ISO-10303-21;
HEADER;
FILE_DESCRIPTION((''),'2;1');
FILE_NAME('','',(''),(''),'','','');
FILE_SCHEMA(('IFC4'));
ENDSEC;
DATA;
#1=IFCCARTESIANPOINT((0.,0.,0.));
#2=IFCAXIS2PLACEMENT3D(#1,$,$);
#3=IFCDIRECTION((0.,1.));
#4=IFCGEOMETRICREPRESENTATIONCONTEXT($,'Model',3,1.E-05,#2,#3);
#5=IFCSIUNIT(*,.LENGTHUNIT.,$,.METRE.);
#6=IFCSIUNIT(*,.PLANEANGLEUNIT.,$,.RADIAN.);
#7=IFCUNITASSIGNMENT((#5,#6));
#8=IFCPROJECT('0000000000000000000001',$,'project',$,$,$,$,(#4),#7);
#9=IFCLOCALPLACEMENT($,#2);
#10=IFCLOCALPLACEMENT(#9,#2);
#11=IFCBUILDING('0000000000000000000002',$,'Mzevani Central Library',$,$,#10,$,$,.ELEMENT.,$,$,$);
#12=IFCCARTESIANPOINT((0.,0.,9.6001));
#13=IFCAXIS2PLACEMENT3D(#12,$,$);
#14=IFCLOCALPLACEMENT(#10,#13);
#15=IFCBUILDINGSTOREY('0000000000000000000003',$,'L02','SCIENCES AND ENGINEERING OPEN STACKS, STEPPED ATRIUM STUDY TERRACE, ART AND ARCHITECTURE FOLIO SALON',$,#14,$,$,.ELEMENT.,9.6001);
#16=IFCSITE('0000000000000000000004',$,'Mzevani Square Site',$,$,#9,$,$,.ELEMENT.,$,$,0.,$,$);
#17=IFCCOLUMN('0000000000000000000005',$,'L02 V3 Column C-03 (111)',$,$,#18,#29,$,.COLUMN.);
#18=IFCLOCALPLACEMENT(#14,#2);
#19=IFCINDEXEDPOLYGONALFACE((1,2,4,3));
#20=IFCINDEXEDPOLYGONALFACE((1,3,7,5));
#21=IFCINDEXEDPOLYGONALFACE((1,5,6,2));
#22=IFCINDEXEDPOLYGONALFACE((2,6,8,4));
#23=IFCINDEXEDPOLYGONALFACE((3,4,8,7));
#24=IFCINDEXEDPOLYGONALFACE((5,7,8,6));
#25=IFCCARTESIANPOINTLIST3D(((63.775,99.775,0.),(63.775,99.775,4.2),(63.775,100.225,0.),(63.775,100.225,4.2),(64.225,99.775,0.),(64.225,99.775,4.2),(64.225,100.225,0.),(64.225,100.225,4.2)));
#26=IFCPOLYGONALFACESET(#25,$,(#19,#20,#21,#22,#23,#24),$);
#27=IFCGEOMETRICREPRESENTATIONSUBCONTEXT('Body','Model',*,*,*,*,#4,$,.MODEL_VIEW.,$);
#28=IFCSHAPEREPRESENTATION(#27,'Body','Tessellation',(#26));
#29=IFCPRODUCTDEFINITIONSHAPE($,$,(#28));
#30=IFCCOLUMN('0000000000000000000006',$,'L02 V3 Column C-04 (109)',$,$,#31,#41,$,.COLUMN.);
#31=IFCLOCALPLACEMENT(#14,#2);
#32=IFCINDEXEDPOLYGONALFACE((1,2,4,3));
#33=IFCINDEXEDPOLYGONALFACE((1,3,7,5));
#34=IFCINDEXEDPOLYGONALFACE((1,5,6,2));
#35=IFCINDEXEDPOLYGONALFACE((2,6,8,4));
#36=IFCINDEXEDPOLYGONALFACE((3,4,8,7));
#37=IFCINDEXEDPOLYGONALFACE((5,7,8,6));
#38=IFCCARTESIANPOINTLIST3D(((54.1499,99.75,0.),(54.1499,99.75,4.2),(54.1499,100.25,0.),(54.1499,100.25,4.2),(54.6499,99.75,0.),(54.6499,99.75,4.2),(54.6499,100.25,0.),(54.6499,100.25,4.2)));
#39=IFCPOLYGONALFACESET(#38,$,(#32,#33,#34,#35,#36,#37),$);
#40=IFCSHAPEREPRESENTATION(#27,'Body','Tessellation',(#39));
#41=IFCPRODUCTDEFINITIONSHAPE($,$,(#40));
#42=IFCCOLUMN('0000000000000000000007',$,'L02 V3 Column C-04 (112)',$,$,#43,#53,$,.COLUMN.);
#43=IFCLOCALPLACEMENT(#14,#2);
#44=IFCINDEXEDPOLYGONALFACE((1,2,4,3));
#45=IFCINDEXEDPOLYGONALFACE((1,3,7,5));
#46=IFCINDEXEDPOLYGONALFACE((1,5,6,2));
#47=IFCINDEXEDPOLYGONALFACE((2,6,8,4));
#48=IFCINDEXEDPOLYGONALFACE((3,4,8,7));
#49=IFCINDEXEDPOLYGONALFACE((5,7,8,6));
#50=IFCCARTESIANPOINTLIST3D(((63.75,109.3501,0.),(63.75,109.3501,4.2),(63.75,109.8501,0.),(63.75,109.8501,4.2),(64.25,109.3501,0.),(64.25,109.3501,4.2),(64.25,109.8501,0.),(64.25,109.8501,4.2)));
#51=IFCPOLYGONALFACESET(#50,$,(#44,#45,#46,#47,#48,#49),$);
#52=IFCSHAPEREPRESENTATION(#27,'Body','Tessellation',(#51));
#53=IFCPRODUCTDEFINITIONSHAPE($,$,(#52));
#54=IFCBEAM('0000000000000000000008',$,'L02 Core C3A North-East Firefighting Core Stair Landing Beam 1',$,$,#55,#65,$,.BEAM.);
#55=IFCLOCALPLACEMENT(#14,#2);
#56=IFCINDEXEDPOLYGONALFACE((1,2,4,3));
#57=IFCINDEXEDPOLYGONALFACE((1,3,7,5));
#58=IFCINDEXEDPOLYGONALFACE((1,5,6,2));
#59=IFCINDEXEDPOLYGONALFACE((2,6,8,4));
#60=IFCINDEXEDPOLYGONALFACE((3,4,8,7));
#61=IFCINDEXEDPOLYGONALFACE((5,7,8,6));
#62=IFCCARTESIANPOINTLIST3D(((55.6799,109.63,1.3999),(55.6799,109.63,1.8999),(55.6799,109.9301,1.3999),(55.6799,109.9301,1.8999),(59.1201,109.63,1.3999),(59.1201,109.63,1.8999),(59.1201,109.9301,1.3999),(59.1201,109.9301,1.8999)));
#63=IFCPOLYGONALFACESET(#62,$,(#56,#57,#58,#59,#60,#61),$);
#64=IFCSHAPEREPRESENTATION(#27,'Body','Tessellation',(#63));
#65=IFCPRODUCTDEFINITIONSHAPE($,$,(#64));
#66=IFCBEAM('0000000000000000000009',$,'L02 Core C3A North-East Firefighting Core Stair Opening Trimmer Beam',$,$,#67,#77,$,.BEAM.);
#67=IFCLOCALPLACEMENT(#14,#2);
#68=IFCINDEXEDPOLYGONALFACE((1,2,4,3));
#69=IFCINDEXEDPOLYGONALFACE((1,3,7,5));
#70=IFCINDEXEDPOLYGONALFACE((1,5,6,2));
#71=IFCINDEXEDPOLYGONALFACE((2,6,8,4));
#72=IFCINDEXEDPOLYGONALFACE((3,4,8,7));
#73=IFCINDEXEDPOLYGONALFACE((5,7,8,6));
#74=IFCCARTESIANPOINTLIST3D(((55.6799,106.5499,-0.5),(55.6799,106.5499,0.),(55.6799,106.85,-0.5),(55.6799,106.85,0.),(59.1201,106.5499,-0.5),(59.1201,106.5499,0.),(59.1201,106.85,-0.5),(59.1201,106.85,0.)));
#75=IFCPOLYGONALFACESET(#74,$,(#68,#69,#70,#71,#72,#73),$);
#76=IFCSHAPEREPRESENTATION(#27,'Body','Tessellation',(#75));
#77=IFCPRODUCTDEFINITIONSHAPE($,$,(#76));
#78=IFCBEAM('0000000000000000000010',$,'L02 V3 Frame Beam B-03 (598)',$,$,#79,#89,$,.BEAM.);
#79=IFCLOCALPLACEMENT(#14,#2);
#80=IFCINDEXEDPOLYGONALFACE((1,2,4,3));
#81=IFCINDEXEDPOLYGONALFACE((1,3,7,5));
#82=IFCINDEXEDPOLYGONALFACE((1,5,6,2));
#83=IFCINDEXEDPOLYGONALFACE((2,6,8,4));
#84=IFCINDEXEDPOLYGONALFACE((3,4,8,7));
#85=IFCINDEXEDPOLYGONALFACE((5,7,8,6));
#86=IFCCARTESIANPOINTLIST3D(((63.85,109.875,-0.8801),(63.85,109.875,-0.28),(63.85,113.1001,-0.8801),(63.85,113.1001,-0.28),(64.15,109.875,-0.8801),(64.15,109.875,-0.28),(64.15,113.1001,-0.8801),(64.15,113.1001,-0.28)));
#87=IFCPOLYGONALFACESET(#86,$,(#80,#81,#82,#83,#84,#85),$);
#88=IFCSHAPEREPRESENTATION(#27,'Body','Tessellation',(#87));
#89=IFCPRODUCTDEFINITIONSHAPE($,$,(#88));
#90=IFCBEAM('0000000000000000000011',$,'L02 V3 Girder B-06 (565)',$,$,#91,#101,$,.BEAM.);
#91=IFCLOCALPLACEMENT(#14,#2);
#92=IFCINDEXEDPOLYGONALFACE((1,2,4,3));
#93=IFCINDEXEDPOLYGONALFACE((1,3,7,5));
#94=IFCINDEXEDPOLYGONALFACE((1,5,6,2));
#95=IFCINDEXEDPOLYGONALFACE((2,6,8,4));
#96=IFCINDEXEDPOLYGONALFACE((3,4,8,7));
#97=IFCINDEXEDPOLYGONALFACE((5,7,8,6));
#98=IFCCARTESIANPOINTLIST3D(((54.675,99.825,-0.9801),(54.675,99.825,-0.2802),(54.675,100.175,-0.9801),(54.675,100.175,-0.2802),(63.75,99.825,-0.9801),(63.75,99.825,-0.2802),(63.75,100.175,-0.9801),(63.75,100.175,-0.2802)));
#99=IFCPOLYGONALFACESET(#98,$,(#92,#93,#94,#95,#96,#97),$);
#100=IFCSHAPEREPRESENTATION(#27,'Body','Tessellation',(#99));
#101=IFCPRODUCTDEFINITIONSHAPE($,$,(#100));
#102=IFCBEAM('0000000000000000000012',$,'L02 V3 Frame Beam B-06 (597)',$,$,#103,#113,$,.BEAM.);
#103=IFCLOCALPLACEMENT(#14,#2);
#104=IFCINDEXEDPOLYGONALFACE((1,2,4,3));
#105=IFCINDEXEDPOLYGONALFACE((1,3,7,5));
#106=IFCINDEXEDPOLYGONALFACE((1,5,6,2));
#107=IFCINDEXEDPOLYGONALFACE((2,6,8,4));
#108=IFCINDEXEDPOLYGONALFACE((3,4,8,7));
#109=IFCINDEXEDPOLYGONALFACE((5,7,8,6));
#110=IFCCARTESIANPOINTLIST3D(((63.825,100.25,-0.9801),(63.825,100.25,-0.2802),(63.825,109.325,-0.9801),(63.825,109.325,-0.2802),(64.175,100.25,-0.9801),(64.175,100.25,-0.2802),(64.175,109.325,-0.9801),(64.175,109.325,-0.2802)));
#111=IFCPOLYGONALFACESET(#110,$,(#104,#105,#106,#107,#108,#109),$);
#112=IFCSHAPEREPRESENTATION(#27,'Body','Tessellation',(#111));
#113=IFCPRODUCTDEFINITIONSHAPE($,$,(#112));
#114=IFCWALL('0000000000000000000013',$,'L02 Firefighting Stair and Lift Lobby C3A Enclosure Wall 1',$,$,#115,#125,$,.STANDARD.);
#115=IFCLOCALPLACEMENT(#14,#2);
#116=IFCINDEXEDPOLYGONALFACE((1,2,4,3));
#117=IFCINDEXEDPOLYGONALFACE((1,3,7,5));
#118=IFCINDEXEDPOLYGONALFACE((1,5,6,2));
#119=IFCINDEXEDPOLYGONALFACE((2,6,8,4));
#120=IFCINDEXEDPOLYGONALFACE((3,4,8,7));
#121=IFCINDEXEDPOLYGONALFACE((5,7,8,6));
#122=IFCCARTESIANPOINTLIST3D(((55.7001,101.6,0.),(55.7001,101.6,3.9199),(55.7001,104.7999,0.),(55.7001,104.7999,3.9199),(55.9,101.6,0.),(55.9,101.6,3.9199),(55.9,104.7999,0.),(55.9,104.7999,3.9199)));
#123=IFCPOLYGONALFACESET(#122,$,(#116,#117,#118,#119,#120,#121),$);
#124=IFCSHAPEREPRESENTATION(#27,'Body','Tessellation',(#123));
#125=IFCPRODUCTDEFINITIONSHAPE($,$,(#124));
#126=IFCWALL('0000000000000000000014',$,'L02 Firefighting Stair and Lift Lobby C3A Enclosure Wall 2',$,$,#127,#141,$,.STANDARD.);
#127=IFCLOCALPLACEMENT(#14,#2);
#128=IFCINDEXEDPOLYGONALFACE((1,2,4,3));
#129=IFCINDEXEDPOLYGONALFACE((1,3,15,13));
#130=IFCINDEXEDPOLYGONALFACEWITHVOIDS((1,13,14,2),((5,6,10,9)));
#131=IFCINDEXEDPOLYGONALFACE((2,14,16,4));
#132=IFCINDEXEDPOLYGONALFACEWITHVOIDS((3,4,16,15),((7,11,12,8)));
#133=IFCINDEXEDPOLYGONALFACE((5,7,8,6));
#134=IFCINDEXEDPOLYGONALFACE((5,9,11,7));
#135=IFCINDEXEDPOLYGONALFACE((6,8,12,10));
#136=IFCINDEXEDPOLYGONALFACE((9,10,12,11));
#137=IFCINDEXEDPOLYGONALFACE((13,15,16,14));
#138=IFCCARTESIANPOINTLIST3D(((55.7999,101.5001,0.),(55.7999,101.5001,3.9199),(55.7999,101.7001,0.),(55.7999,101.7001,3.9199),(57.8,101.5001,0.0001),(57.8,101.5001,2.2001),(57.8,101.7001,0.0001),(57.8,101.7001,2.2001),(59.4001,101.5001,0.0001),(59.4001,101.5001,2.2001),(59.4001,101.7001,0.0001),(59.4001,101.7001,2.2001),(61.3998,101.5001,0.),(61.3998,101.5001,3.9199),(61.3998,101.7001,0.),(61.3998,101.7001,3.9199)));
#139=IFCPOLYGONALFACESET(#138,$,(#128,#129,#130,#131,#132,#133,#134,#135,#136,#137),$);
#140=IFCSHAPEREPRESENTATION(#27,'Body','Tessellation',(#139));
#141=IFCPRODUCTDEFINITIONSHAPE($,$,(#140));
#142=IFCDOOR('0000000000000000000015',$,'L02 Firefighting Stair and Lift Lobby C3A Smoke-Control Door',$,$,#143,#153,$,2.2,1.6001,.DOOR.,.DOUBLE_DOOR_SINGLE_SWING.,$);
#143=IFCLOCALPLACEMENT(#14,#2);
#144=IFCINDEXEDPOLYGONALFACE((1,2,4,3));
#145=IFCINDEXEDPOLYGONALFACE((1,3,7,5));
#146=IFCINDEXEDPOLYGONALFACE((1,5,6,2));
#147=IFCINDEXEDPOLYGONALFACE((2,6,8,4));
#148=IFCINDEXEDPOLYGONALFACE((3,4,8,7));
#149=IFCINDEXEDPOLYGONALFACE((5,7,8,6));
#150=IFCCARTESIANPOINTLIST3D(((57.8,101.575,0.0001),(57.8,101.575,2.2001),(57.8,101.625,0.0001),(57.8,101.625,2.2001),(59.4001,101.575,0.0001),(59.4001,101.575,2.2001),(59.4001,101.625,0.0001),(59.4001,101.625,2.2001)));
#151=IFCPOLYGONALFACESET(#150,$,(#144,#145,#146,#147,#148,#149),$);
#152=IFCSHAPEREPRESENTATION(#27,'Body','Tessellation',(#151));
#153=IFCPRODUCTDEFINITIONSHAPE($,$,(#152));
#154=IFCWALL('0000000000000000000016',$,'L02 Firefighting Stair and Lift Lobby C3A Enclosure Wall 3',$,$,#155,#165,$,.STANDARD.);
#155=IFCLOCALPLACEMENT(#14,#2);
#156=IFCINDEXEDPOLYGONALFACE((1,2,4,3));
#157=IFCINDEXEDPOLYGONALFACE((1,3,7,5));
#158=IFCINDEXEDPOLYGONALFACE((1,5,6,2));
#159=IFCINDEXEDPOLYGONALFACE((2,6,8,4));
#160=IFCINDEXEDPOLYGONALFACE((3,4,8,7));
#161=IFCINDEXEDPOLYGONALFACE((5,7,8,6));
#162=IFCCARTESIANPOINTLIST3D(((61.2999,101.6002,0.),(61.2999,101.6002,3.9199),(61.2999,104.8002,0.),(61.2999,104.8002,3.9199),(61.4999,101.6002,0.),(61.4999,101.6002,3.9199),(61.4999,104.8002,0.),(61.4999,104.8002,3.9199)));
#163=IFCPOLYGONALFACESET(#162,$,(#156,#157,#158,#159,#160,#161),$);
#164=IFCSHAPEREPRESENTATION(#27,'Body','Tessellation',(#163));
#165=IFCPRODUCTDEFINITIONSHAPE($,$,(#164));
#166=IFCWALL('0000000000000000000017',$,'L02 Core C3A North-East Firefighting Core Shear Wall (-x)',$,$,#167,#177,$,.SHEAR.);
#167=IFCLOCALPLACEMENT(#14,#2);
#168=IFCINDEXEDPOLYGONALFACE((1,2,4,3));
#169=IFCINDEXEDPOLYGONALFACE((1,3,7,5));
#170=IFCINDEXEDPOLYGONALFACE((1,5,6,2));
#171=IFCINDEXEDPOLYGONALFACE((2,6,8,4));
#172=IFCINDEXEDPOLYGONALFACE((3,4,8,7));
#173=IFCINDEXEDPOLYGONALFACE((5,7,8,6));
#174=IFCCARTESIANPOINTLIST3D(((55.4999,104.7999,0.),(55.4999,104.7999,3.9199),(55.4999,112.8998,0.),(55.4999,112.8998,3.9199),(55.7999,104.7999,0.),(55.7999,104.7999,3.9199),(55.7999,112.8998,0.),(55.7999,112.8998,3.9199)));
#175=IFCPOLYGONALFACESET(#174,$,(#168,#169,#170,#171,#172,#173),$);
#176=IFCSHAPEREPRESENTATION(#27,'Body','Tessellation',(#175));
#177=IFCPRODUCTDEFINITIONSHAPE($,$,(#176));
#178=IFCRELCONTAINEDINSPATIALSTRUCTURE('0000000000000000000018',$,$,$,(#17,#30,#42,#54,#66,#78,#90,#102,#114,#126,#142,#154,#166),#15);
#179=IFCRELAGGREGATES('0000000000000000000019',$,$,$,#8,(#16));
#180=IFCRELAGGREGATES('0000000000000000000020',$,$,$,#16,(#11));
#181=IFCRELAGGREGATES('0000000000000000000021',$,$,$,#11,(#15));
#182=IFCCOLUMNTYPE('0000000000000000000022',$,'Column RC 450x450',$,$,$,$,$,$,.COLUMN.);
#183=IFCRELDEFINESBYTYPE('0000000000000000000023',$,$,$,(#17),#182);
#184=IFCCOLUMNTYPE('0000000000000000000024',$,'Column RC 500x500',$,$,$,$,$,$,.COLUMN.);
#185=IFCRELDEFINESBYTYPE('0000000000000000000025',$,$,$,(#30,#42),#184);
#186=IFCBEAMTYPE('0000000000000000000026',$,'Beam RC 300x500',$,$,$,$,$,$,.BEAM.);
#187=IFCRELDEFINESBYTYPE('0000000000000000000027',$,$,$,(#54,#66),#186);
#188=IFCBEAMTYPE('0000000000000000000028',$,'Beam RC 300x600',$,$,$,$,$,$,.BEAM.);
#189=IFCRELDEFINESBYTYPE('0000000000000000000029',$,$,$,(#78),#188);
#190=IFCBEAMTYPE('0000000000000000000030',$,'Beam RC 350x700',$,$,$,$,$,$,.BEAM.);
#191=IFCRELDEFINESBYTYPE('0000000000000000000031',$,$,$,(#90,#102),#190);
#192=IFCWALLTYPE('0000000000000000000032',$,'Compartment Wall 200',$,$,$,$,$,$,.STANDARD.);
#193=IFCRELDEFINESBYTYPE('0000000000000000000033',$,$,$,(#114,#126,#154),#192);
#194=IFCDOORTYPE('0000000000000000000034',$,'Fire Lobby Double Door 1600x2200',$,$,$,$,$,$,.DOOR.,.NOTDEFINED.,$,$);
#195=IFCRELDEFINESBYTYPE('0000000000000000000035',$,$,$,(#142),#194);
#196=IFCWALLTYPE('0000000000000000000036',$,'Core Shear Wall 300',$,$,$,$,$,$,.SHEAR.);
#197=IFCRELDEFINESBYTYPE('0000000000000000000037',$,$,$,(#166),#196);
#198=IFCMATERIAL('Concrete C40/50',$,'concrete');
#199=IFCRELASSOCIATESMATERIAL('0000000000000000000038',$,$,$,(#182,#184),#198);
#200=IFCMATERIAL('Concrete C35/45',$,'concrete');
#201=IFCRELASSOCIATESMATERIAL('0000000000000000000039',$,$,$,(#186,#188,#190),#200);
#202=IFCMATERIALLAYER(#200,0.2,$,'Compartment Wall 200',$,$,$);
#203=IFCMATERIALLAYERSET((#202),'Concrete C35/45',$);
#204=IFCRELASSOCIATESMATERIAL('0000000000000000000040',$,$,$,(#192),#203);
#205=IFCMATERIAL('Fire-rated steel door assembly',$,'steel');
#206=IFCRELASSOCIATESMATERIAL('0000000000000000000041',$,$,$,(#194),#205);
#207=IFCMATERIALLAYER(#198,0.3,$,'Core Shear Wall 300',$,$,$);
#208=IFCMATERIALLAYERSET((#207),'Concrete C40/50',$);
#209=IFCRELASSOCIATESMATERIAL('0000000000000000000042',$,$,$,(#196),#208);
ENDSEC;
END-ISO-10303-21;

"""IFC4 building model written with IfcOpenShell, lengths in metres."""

from ifc_helpers import new_model, si_unit, direction, frame, frame_2d, origin, origin_2d, place, context, subcontext, project, spatial, rectangle, extrude, material, layer, layer_set, material_profile, profile_set, type_object, element, fill, save


model = new_model("IFC4")

# Units and contexts
model_context = context("Model", 3, precision=1e-05, world=origin(), true_north=direction((0.0, 1.0)))
body_context = subcontext(model_context, "Body", "Model", "MODEL_VIEW")
ifc_project = project(units=[si_unit("LENGTHUNIT", "METRE"), si_unit("PLANEANGLEUNIT", "RADIAN")], contexts=[model_context])

# Site, building, storey
site_placement = place(None, origin())
site = spatial("IfcSite", under=ifc_project, at=site_placement, Name="Mzevani Square Site", CompositionType="ELEMENT", RefElevation=0.0)
building_placement = place(site_placement, origin())
building = spatial("IfcBuilding", under=site, at=building_placement, Name="Mzevani Central Library", CompositionType="ELEMENT")
storey_placement = place(building_placement, frame((0.0, 0.0, 9.6001)))
storey = spatial("IfcBuildingStorey", under=building, at=storey_placement, Name="L02", Description="SCIENCES AND ENGINEERING OPEN STACKS, STEPPED ATRIUM STUDY TERRACE, ART AND ARCHITECTURE FOLIO SALON", CompositionType="ELEMENT", Elevation=9.6001)

# Columns
ifc_material_1 = material(Name="Concrete C40/50", Category="concrete")
ifc_material_profile_1 = material_profile(ifc_material_1, rectangle(XDim=0.45, YDim=0.45, at=origin_2d()), Name="RC 450x450")
ifc_profile_set_1 = profile_set([ifc_material_profile_1], Name="Concrete C40/50")
column_type_1 = type_object("IfcColumnType", Name="Column RC 450x450", PredefinedType="COLUMN", material=ifc_profile_set_1)
column_placement = place(storey_placement, frame((64.0, 100.0, 0.0), z_axis=(0.0, 0.0, 1.0), x_axis=(1.0, 0.0, 0.0)))
element("IfcColumn", 1, at=column_placement, inside=storey, type_object=column_type_1, Name="L02 V3 Column C-03 (111)", PredefinedType="COLUMN", context=body_context, shape_type="SweptSolid", body=[
    extrude(rectangle(XDim=0.45, YDim=0.45, at=origin_2d()), origin(), (0.0, 0.0, 1.0), 4.2),
])
ifc_material_profile_2 = material_profile(ifc_material_1, rectangle(XDim=0.5, YDim=0.5, at=origin_2d()), Name="RC 500x500")
ifc_profile_set_2 = profile_set([ifc_material_profile_2], Name="Concrete C40/50")
column_type_2 = type_object("IfcColumnType", Name="Column RC 500x500", PredefinedType="COLUMN", material=ifc_profile_set_2)
for number, where, z_axis, x_axis, name in (
    (2, (54.3999, 100.0, 0.0), (0.0, 0.0, 1.0), (1.0, 0.0, 0.0), "L02 V3 Column C-04 (109)"),
    (3, (64.0, 109.6001, 0.0), (0.0, 0.0, 1.0), (1.0, 0.0, 0.0), "L02 V3 Column C-04 (112)"),
):
    element("IfcColumn", number, at=place(storey_placement, frame(where, z_axis=z_axis, x_axis=x_axis)), inside=storey, type_object=column_type_2, Name=name, PredefinedType="COLUMN", context=body_context, shape_type="SweptSolid", body=[
        extrude(rectangle(XDim=0.5, YDim=0.5, at=origin_2d()), origin(), (0.0, 0.0, 1.0), 4.2),
    ])

# Beams
ifc_material_2 = material(Name="Concrete C35/45", Category="concrete")
ifc_material_profile_3 = material_profile(ifc_material_2, rectangle(XDim=0.3, YDim=0.5, at=origin_2d()), Name="RC B300x500")
ifc_profile_set_3 = profile_set([ifc_material_profile_3], Name="Concrete C35/45")
beam_type_1 = type_object("IfcBeamType", Name="Beam RC 300x500", PredefinedType="BEAM", material=ifc_profile_set_3)
for number, where, z_axis, x_axis, name in (
    (4, (55.6799, 109.78, 1.6499), (1.0, 0.0, 0.0), (0.0, 1.0, 0.0), "L02 Core C3A North-East Firefighting Core Stair Landing Beam 1"),
    (5, (55.6799, 106.7, -0.25), (1.0, 0.0, 0.0), (0.0, 1.0, 0.0), "L02 Core C3A North-East Firefighting Core Stair Opening Trimmer Beam"),
):
    element("IfcBeam", number, at=place(storey_placement, frame(where, z_axis=z_axis, x_axis=x_axis)), inside=storey, type_object=beam_type_1, Name=name, PredefinedType="BEAM", context=body_context, shape_type="SweptSolid", body=[
        extrude(rectangle(XDim=0.3, YDim=0.5, at=origin_2d()), origin(), (0.0, 0.0, 1.0), 3.4402),
    ])
ifc_material_profile_4 = material_profile(ifc_material_2, rectangle(XDim=0.3, YDim=0.6001, at=origin_2d()), Name="RC B300x600")
ifc_profile_set_4 = profile_set([ifc_material_profile_4], Name="Concrete C35/45")
beam_type_2 = type_object("IfcBeamType", Name="Beam RC 300x600", PredefinedType="BEAM", material=ifc_profile_set_4)
beam_placement = place(storey_placement, frame((64.0, 109.875, -0.5801), z_axis=(0.0, 1.0, 0.0), x_axis=(-1.0, 0.0, 0.0)))
element("IfcBeam", 6, at=beam_placement, inside=storey, type_object=beam_type_2, Name="L02 V3 Frame Beam B-03 (598)", PredefinedType="BEAM", context=body_context, shape_type="SweptSolid", body=[
    extrude(rectangle(XDim=0.3, YDim=0.6001, at=origin_2d()), origin(), (0.0, 0.0, 1.0), 3.2251),
])
ifc_material_profile_5 = material_profile(ifc_material_2, rectangle(XDim=0.3501, YDim=0.7, at=origin_2d()), Name="RC B350x700")
ifc_profile_set_5 = profile_set([ifc_material_profile_5], Name="Concrete C35/45")
beam_type_3 = type_object("IfcBeamType", Name="Beam RC 350x700", PredefinedType="BEAM", material=ifc_profile_set_5)
for number, where, z_axis, x_axis, name in (
    (7, (54.675, 100.0, -0.6301), (1.0, 0.0, 0.0), (0.0, 1.0, 0.0), "L02 V3 Girder B-06 (565)"),
    (8, (64.0, 100.25, -0.6301), (0.0, 1.0, 0.0), (-1.0, 0.0, 0.0), "L02 V3 Frame Beam B-06 (597)"),
):
    element("IfcBeam", number, at=place(storey_placement, frame(where, z_axis=z_axis, x_axis=x_axis)), inside=storey, type_object=beam_type_3, Name=name, PredefinedType="BEAM", context=body_context, shape_type="SweptSolid", body=[
        extrude(rectangle(XDim=0.3501, YDim=0.7, at=origin_2d()), origin(), (0.0, 0.0, 1.0), 9.075),
    ])

# Wall
ifc_layer_1 = layer(ifc_material_2, 0.2, Name="Compartment Wall 200")
ifc_layer_set_1 = layer_set([ifc_layer_1], Name="Concrete C35/45")
wall_type_1 = type_object("IfcWallType", Name="Compartment Wall 200", PredefinedType="STANDARD", material=ifc_layer_set_1)
wall_1_placement = place(storey_placement, frame((55.8, 104.8, 0.0), z_axis=(0.0, 0.0, 1.0), x_axis=(0.0, -1.0, 0.0)))
element("IfcWall", 9, at=wall_1_placement, inside=storey, type_object=wall_type_1, Name="L02 Firefighting Stair and Lift Lobby C3A Enclosure Wall 1", PredefinedType="STANDARD", context=body_context, shape_type="SweptSolid", body=[
    extrude(rectangle(XDim=3.2, YDim=0.2, at=frame_2d((1.6001, 0.0))), origin(), (0.0, 0.0, 1.0), 3.9199),
])

# Wall, opening, door
wall_2_placement = place(storey_placement, frame((55.8, 101.6001, 0.0), z_axis=(0.0, 0.0, 1.0), x_axis=(1.0, 0.0, 0.0)))
wall_2 = element("IfcWall", 10, at=wall_2_placement, inside=storey, type_object=wall_type_1, Name="L02 Firefighting Stair and Lift Lobby C3A Enclosure Wall 2", PredefinedType="STANDARD", context=body_context, shape_type="SweptSolid", body=[
    extrude(rectangle(XDim=5.5999, YDim=0.2, at=frame_2d((2.7998, 0.0))), origin(), (0.0, 0.0, 1.0), 3.9199),
])
opening_1_placement = place(wall_2_placement, frame((2.0, 0.0, 0.0)))
opening_1 = element("IfcOpeningElement", 11, at=opening_1_placement, cuts=wall_2, PredefinedType="OPENING", context=body_context, shape_type="SweptSolid", body=[
    extrude(rectangle(XDim=1.6001, YDim=2.2, at=frame_2d((0.8, 1.1001))), frame((0.0, 0.1099, 0.0), z_axis=(0.0, -1.0, 0.0), x_axis=(1.0, 0.0, 0.0)), (0.0, 0.0, 1.0), 0.22),
])
ifc_material_3 = material(Name="Fire-rated steel door assembly", Category="steel")
door_type_1 = type_object("IfcDoorType", Name="Fire Lobby Double Door 1600x2200", OperationType="NOTDEFINED", PredefinedType="DOOR", material=ifc_material_3)
door_1_placement = place(opening_1_placement, origin())
door_1 = element("IfcDoor", 12, at=door_1_placement, inside=storey, type_object=door_type_1, Name="L02 Firefighting Stair and Lift Lobby C3A Smoke-Control Door", OperationType="DOUBLE_DOOR_SINGLE_SWING", OverallHeight=2.2, OverallWidth=1.6001, PredefinedType="DOOR", context=body_context, shape_type="SweptSolid", body=[
    extrude(rectangle(XDim=1.6001, YDim=2.2, at=frame_2d((0.8, 1.1001))), frame((0.0, 0.0249, 0.0), z_axis=(0.0, -1.0, 0.0), x_axis=(1.0, 0.0, 0.0)), (0.0, 0.0, 1.0), 0.05),
])
fill(opening_1, door_1)

# Wall
wall_3_placement = place(storey_placement, frame((61.3999, 101.6001, 0.0), z_axis=(0.0, 0.0, 1.0), x_axis=(0.0, 1.0, 0.0)))
element("IfcWall", 13, at=wall_3_placement, inside=storey, type_object=wall_type_1, Name="L02 Firefighting Stair and Lift Lobby C3A Enclosure Wall 3", PredefinedType="STANDARD", context=body_context, shape_type="SweptSolid", body=[
    extrude(rectangle(XDim=3.2, YDim=0.2, at=frame_2d((1.6001, 0.0))), origin(), (0.0, 0.0, 1.0), 3.9199),
])

# Shared definitions
ifc_layer_2 = layer(ifc_material_1, 0.3, Name="Core Shear Wall 300")
ifc_layer_set_2 = layer_set([ifc_layer_2], Name="Concrete C40/50")
wall_type_2 = type_object("IfcWallType", Name="Core Shear Wall 300", PredefinedType="SHEAR", material=ifc_layer_set_2)

# Wall
wall_4_placement = place(storey_placement, frame((55.6499, 104.8, 0.0), z_axis=(0.0, 0.0, 1.0), x_axis=(0.0, 1.0, 0.0)))
element("IfcWall", 14, at=wall_4_placement, inside=storey, type_object=wall_type_2, Name="L02 Core C3A North-East Firefighting Core Shear Wall (-x)", PredefinedType="SHEAR", context=body_context, shape_type="SweptSolid", body=[
    extrude(rectangle(XDim=8.0999, YDim=0.3, at=frame_2d((4.0498, 0.0))), origin(), (0.0, 0.0, 1.0), 3.9199),
])

save(model, "model.ifc")
